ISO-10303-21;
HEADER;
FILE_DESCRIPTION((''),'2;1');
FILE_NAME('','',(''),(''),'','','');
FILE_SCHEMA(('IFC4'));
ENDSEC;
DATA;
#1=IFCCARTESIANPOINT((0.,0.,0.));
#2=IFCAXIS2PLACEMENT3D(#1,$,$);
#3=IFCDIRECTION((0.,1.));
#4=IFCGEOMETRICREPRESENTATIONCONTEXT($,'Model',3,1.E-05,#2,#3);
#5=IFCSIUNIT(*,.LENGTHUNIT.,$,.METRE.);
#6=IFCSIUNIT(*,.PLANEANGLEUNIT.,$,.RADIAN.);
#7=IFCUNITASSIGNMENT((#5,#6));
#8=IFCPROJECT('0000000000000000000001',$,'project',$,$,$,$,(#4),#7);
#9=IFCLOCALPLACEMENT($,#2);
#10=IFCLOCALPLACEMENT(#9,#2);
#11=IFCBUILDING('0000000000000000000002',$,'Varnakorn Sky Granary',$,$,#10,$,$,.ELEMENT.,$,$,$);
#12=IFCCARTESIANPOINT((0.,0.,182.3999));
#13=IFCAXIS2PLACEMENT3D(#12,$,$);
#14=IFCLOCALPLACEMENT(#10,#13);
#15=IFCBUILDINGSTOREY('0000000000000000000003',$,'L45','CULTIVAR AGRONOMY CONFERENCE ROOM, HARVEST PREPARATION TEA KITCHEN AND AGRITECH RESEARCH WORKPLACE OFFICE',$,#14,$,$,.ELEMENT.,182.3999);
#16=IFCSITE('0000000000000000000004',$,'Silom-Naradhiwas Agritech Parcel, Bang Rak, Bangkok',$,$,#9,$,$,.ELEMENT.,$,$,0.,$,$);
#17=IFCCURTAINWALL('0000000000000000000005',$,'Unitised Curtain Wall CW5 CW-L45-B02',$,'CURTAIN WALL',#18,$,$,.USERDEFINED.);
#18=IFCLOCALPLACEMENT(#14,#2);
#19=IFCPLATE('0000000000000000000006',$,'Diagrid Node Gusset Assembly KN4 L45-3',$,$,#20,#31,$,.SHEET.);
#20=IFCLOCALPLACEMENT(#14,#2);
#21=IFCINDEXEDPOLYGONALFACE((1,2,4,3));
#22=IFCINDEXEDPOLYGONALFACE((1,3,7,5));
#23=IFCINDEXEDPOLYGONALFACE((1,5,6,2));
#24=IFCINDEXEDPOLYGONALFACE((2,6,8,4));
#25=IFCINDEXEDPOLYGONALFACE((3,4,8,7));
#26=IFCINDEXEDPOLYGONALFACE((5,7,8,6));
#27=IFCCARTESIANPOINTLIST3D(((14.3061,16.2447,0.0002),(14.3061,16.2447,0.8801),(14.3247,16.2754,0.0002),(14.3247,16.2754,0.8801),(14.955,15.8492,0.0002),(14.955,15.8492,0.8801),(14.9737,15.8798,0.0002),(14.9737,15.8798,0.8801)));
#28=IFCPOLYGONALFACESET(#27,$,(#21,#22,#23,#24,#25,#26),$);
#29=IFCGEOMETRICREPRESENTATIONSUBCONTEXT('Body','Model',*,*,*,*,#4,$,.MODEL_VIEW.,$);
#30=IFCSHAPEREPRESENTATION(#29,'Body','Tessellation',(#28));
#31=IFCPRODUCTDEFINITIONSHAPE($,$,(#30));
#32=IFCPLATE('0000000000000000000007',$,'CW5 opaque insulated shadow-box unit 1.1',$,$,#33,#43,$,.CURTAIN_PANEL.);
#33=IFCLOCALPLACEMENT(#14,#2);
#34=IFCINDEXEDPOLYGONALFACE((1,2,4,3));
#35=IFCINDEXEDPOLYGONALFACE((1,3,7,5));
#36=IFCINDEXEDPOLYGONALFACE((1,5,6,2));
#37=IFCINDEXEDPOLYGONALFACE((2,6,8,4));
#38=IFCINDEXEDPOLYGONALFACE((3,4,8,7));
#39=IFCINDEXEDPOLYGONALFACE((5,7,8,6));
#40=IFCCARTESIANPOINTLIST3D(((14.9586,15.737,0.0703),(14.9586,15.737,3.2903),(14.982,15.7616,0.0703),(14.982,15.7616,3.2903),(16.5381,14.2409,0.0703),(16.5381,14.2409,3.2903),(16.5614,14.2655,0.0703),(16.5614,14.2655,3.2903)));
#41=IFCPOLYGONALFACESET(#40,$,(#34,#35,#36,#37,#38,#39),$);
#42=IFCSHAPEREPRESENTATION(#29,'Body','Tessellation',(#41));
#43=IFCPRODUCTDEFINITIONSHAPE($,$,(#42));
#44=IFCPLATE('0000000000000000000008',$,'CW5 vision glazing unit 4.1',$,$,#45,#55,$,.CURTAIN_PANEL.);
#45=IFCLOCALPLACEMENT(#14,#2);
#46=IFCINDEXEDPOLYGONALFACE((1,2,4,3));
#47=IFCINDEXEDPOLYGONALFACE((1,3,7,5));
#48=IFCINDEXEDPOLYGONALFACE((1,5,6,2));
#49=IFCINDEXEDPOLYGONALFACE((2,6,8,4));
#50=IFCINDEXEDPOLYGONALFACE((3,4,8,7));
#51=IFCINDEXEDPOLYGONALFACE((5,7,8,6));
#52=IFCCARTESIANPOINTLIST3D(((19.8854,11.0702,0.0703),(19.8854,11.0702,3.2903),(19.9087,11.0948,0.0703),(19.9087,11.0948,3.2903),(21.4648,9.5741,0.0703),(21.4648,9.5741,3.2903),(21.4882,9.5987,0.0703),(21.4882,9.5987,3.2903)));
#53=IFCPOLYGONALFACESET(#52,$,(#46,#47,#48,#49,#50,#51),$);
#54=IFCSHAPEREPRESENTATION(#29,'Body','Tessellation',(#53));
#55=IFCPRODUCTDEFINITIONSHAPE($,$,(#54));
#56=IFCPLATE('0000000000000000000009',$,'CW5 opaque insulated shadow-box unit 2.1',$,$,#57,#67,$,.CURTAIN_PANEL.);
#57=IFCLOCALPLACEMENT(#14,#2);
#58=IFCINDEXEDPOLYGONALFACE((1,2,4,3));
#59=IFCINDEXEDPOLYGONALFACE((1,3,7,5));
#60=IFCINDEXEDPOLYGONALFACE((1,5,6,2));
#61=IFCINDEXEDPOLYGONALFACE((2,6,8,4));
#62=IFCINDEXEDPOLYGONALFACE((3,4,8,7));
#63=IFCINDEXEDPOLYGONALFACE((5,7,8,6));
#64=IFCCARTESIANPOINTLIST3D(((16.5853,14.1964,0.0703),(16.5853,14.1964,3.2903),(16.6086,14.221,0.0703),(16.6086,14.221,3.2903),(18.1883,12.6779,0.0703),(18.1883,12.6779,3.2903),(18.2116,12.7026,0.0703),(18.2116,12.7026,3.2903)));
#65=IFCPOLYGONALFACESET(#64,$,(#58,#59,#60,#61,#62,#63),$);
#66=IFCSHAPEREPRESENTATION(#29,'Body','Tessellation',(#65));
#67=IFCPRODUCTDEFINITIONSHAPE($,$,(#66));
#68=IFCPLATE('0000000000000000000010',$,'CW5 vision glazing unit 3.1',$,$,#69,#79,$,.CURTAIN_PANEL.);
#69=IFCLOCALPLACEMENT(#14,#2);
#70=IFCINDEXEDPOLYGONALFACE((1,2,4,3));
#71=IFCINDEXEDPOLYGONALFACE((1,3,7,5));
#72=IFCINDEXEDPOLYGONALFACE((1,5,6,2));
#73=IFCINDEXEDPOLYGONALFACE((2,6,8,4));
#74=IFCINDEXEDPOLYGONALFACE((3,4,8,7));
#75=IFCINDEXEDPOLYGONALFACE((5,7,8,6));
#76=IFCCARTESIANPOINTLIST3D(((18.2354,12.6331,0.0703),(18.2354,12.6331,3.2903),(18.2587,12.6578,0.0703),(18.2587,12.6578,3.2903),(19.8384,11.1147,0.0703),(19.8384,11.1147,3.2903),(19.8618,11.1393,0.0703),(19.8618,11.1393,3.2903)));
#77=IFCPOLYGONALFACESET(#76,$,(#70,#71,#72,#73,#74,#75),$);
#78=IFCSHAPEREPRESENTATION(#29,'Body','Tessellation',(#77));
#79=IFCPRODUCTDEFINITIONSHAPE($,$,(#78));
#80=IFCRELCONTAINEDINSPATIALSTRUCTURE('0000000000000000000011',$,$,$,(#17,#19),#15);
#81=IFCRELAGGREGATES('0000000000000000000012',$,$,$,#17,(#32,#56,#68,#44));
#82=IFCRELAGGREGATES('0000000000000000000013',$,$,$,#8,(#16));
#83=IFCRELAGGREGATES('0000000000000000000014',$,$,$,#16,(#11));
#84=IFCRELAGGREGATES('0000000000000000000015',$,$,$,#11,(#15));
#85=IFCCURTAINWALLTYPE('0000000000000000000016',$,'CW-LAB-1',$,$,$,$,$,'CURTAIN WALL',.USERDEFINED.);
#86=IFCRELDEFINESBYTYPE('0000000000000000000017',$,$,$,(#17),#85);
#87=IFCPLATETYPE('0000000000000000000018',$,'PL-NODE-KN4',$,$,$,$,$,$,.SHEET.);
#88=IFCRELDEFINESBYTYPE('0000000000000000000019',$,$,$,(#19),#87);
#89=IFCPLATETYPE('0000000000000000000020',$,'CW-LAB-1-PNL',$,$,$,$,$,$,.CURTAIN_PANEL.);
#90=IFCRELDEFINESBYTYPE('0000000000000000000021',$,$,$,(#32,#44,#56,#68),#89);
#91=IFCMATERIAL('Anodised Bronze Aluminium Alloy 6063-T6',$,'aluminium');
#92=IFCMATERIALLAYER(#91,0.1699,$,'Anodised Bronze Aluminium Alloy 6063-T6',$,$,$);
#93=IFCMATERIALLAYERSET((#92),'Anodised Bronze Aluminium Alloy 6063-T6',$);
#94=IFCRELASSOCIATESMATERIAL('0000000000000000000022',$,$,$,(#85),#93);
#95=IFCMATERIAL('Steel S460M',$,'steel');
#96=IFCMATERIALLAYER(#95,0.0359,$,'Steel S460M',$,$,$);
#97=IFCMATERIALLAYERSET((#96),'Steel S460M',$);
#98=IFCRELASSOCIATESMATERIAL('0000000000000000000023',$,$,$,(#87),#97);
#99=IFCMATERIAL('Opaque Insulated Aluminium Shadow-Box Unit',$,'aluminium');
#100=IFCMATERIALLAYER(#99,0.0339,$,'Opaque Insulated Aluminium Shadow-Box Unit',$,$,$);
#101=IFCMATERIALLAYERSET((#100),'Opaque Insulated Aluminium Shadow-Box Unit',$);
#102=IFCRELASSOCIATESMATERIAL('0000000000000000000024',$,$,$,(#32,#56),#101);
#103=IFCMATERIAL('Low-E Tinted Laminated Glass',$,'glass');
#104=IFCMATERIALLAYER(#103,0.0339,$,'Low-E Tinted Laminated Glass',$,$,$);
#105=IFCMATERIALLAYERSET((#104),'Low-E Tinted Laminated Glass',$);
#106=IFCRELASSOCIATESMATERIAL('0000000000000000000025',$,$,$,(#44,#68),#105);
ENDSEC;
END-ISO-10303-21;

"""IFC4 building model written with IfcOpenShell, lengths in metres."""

from ifc_helpers import new_model, si_unit, direction, frame, origin, origin_2d, place, context, subcontext, project, spatial, rectangle, extrude, source, transform, mapped, material, layer, layer_set, type_object, type_shapes, element, aggregate, save


model = new_model("IFC4")

# Units and contexts
model_context = context("Model", 3, precision=1e-05, world=origin(), true_north=direction((0.0, 1.0)))
body_context = subcontext(model_context, "Body", "Model", "MODEL_VIEW")
ifc_project = project(units=[si_unit("LENGTHUNIT", "METRE"), si_unit("PLANEANGLEUNIT", "RADIAN")], contexts=[model_context])

# Site, building, storey
site_placement = place(None, origin())
site = spatial("IfcSite", under=ifc_project, at=site_placement, Name="Silom-Naradhiwas Agritech Parcel, Bang Rak, Bangkok", CompositionType="ELEMENT", RefElevation=0.0)
building_placement = place(site_placement, origin())
building = spatial("IfcBuilding", under=site, at=building_placement, Name="Varnakorn Sky Granary", CompositionType="ELEMENT")
storey_placement = place(building_placement, frame((0.0, 0.0, 182.3999)))
storey = spatial("IfcBuildingStorey", under=building, at=storey_placement, Name="L45", Description="CULTIVAR AGRONOMY CONFERENCE ROOM, HARVEST PREPARATION TEA KITCHEN AND AGRITECH RESEARCH WORKPLACE OFFICE", CompositionType="ELEMENT", Elevation=182.3999)

# Curtain wall
ifc_material_1 = material(Name="Anodised Bronze Aluminium Alloy 6063-T6", Category="aluminium")
ifc_layer_1 = layer(ifc_material_1, 0.1699, Name="Anodised Bronze Aluminium Alloy 6063-T6")
ifc_layer_set_1 = layer_set([ifc_layer_1], Name="Anodised Bronze Aluminium Alloy 6063-T6")
curtain_wall_type = type_object("IfcCurtainWallType", Name="CW-LAB-1", ElementType="CURTAIN WALL", PredefinedType="USERDEFINED", material=ifc_layer_set_1)
curtain_wall_placement = place(storey_placement, origin())
curtain_wall = element("IfcCurtainWall", 1, at=curtain_wall_placement, inside=storey, type_object=curtain_wall_type, Name="Unitised Curtain Wall CW5 CW-L45-B02", ObjectType="CURTAIN WALL", PredefinedType="USERDEFINED")

# Shared definitions
ifc_material_2 = material(Name="Steel S460M", Category="steel")

# Plates
ifc_layer_2 = layer(ifc_material_2, 0.0359, Name="Steel S460M")
ifc_layer_set_2 = layer_set([ifc_layer_2], Name="Steel S460M")
plate_type_1 = type_object("IfcPlateType", Name="PL-NODE-KN4", PredefinedType="SHEET", material=ifc_layer_set_2)
plate_1_placement = place(storey_placement, frame((14.6399, 16.0623, 0.0002), z_axis=(0.0, 0.0, 1.0), x_axis=(-0.853891, 0.520451, 0.0)))
element("IfcPlate", 2, at=plate_1_placement, inside=storey, type_object=plate_type_1, Name="Diagrid Node Gusset Assembly KN4 L45-3", PredefinedType="SHEET", context=body_context, shape_type="SweptSolid", body=[
    extrude(rectangle(XDim=0.76, YDim=0.0359, at=origin_2d()), origin(), (0.0, 0.0, 1.0), 0.8799),
])
ifc_material_3 = material(Name="Opaque Insulated Aluminium Shadow-Box Unit", Category="aluminium")
ifc_layer_3 = layer(ifc_material_3, 0.0339, Name="Opaque Insulated Aluminium Shadow-Box Unit")
ifc_layer_set_3 = layer_set([ifc_layer_3], Name="Opaque Insulated Aluminium Shadow-Box Unit")
plate_type_2 = type_object("IfcPlateType", Name="CW-LAB-1-PNL", PredefinedType="CURTAIN_PANEL")
shared_shape_1 = source(origin(), body_context, "Body", "SweptSolid", [
    extrude(rectangle(XDim=2.1755, YDim=0.0339, at=origin_2d()), origin(), (0.0, 0.0, 1.0), 3.22),
])
plate_2_placement = place(storey_placement, frame((15.76, 15.0012, 0.0703), z_axis=(0.0, 0.0, 1.0), x_axis=(0.726002, -0.687692, 0.0)))
plate_2 = element("IfcPlate", 3, at=plate_2_placement, type_object=plate_type_2, material=ifc_layer_set_3, Name="CW5 opaque insulated shadow-box unit 1.1", PredefinedType="CURTAIN_PANEL", context=body_context, shape_type="MappedRepresentation", body=[
    mapped(shared_shape_1, transform((0.0, 0.0, 0.0), x_axis=(1.0, 0.0, 0.0), y_axis=(0.0, 1.0, 0.0), z_axis=(0.0, 0.0, 1.0), scale=1.0)),
])
ifc_material_4 = material(Name="Low-E Tinted Laminated Glass", Category="glass")
ifc_layer_4 = layer(ifc_material_4, 0.0339, Name="Low-E Tinted Laminated Glass")
ifc_layer_set_4 = layer_set([ifc_layer_4], Name="Low-E Tinted Laminated Glass")
plate_3_placement = place(storey_placement, frame((20.6868, 10.3345, 0.0703), z_axis=(0.0, 0.0, 1.0), x_axis=(0.726002, -0.687692, 0.0)))
plate_3 = element("IfcPlate", 4, at=plate_3_placement, type_object=plate_type_2, material=ifc_layer_set_4, Name="CW5 vision glazing unit 4.1", PredefinedType="CURTAIN_PANEL", context=body_context, shape_type="MappedRepresentation", body=[
    mapped(shared_shape_1, transform((0.0, 0.0, 0.0), x_axis=(1.0, 0.0, 0.0), y_axis=(0.0, 1.0, 0.0), z_axis=(0.0, 0.0, 1.0), scale=1.0)),
])
shared_shape_2 = source(origin(), body_context, "Body", "SweptSolid", [
    extrude(rectangle(XDim=2.208, YDim=0.0339, at=origin_2d()), origin(), (0.0, 0.0, 1.0), 3.22),
])
type_shapes(plate_type_2, [shared_shape_1, shared_shape_2])
plate_4_placement = place(storey_placement, frame((17.3984, 13.4495, 0.0703), z_axis=(0.0, 0.0, 1.0), x_axis=(0.726002, -0.687692, 0.0)))
plate_4 = element("IfcPlate", 5, at=plate_4_placement, type_object=plate_type_2, material=ifc_layer_set_3, Name="CW5 opaque insulated shadow-box unit 2.1", PredefinedType="CURTAIN_PANEL", context=body_context, shape_type="MappedRepresentation", body=[
    mapped(shared_shape_2, transform((0.0, 0.0, 0.0), x_axis=(1.0, 0.0, 0.0), y_axis=(0.0, 1.0, 0.0), z_axis=(0.0, 0.0, 1.0), scale=1.0)),
])
plate_5_placement = place(storey_placement, frame((19.0486, 11.8862, 0.0703), z_axis=(0.0, 0.0, 1.0), x_axis=(0.726002, -0.687692, 0.0)))
plate_5 = element("IfcPlate", 6, at=plate_5_placement, type_object=plate_type_2, material=ifc_layer_set_4, Name="CW5 vision glazing unit 3.1", PredefinedType="CURTAIN_PANEL", context=body_context, shape_type="MappedRepresentation", body=[
    mapped(shared_shape_2, transform((0.0, 0.0, 0.0), x_axis=(1.0, 0.0, 0.0), y_axis=(0.0, 1.0, 0.0), z_axis=(0.0, 0.0, 1.0), scale=1.0)),
])
aggregate(curtain_wall, [plate_2, plate_4, plate_5, plate_3])

save(model, "model.ifc")
